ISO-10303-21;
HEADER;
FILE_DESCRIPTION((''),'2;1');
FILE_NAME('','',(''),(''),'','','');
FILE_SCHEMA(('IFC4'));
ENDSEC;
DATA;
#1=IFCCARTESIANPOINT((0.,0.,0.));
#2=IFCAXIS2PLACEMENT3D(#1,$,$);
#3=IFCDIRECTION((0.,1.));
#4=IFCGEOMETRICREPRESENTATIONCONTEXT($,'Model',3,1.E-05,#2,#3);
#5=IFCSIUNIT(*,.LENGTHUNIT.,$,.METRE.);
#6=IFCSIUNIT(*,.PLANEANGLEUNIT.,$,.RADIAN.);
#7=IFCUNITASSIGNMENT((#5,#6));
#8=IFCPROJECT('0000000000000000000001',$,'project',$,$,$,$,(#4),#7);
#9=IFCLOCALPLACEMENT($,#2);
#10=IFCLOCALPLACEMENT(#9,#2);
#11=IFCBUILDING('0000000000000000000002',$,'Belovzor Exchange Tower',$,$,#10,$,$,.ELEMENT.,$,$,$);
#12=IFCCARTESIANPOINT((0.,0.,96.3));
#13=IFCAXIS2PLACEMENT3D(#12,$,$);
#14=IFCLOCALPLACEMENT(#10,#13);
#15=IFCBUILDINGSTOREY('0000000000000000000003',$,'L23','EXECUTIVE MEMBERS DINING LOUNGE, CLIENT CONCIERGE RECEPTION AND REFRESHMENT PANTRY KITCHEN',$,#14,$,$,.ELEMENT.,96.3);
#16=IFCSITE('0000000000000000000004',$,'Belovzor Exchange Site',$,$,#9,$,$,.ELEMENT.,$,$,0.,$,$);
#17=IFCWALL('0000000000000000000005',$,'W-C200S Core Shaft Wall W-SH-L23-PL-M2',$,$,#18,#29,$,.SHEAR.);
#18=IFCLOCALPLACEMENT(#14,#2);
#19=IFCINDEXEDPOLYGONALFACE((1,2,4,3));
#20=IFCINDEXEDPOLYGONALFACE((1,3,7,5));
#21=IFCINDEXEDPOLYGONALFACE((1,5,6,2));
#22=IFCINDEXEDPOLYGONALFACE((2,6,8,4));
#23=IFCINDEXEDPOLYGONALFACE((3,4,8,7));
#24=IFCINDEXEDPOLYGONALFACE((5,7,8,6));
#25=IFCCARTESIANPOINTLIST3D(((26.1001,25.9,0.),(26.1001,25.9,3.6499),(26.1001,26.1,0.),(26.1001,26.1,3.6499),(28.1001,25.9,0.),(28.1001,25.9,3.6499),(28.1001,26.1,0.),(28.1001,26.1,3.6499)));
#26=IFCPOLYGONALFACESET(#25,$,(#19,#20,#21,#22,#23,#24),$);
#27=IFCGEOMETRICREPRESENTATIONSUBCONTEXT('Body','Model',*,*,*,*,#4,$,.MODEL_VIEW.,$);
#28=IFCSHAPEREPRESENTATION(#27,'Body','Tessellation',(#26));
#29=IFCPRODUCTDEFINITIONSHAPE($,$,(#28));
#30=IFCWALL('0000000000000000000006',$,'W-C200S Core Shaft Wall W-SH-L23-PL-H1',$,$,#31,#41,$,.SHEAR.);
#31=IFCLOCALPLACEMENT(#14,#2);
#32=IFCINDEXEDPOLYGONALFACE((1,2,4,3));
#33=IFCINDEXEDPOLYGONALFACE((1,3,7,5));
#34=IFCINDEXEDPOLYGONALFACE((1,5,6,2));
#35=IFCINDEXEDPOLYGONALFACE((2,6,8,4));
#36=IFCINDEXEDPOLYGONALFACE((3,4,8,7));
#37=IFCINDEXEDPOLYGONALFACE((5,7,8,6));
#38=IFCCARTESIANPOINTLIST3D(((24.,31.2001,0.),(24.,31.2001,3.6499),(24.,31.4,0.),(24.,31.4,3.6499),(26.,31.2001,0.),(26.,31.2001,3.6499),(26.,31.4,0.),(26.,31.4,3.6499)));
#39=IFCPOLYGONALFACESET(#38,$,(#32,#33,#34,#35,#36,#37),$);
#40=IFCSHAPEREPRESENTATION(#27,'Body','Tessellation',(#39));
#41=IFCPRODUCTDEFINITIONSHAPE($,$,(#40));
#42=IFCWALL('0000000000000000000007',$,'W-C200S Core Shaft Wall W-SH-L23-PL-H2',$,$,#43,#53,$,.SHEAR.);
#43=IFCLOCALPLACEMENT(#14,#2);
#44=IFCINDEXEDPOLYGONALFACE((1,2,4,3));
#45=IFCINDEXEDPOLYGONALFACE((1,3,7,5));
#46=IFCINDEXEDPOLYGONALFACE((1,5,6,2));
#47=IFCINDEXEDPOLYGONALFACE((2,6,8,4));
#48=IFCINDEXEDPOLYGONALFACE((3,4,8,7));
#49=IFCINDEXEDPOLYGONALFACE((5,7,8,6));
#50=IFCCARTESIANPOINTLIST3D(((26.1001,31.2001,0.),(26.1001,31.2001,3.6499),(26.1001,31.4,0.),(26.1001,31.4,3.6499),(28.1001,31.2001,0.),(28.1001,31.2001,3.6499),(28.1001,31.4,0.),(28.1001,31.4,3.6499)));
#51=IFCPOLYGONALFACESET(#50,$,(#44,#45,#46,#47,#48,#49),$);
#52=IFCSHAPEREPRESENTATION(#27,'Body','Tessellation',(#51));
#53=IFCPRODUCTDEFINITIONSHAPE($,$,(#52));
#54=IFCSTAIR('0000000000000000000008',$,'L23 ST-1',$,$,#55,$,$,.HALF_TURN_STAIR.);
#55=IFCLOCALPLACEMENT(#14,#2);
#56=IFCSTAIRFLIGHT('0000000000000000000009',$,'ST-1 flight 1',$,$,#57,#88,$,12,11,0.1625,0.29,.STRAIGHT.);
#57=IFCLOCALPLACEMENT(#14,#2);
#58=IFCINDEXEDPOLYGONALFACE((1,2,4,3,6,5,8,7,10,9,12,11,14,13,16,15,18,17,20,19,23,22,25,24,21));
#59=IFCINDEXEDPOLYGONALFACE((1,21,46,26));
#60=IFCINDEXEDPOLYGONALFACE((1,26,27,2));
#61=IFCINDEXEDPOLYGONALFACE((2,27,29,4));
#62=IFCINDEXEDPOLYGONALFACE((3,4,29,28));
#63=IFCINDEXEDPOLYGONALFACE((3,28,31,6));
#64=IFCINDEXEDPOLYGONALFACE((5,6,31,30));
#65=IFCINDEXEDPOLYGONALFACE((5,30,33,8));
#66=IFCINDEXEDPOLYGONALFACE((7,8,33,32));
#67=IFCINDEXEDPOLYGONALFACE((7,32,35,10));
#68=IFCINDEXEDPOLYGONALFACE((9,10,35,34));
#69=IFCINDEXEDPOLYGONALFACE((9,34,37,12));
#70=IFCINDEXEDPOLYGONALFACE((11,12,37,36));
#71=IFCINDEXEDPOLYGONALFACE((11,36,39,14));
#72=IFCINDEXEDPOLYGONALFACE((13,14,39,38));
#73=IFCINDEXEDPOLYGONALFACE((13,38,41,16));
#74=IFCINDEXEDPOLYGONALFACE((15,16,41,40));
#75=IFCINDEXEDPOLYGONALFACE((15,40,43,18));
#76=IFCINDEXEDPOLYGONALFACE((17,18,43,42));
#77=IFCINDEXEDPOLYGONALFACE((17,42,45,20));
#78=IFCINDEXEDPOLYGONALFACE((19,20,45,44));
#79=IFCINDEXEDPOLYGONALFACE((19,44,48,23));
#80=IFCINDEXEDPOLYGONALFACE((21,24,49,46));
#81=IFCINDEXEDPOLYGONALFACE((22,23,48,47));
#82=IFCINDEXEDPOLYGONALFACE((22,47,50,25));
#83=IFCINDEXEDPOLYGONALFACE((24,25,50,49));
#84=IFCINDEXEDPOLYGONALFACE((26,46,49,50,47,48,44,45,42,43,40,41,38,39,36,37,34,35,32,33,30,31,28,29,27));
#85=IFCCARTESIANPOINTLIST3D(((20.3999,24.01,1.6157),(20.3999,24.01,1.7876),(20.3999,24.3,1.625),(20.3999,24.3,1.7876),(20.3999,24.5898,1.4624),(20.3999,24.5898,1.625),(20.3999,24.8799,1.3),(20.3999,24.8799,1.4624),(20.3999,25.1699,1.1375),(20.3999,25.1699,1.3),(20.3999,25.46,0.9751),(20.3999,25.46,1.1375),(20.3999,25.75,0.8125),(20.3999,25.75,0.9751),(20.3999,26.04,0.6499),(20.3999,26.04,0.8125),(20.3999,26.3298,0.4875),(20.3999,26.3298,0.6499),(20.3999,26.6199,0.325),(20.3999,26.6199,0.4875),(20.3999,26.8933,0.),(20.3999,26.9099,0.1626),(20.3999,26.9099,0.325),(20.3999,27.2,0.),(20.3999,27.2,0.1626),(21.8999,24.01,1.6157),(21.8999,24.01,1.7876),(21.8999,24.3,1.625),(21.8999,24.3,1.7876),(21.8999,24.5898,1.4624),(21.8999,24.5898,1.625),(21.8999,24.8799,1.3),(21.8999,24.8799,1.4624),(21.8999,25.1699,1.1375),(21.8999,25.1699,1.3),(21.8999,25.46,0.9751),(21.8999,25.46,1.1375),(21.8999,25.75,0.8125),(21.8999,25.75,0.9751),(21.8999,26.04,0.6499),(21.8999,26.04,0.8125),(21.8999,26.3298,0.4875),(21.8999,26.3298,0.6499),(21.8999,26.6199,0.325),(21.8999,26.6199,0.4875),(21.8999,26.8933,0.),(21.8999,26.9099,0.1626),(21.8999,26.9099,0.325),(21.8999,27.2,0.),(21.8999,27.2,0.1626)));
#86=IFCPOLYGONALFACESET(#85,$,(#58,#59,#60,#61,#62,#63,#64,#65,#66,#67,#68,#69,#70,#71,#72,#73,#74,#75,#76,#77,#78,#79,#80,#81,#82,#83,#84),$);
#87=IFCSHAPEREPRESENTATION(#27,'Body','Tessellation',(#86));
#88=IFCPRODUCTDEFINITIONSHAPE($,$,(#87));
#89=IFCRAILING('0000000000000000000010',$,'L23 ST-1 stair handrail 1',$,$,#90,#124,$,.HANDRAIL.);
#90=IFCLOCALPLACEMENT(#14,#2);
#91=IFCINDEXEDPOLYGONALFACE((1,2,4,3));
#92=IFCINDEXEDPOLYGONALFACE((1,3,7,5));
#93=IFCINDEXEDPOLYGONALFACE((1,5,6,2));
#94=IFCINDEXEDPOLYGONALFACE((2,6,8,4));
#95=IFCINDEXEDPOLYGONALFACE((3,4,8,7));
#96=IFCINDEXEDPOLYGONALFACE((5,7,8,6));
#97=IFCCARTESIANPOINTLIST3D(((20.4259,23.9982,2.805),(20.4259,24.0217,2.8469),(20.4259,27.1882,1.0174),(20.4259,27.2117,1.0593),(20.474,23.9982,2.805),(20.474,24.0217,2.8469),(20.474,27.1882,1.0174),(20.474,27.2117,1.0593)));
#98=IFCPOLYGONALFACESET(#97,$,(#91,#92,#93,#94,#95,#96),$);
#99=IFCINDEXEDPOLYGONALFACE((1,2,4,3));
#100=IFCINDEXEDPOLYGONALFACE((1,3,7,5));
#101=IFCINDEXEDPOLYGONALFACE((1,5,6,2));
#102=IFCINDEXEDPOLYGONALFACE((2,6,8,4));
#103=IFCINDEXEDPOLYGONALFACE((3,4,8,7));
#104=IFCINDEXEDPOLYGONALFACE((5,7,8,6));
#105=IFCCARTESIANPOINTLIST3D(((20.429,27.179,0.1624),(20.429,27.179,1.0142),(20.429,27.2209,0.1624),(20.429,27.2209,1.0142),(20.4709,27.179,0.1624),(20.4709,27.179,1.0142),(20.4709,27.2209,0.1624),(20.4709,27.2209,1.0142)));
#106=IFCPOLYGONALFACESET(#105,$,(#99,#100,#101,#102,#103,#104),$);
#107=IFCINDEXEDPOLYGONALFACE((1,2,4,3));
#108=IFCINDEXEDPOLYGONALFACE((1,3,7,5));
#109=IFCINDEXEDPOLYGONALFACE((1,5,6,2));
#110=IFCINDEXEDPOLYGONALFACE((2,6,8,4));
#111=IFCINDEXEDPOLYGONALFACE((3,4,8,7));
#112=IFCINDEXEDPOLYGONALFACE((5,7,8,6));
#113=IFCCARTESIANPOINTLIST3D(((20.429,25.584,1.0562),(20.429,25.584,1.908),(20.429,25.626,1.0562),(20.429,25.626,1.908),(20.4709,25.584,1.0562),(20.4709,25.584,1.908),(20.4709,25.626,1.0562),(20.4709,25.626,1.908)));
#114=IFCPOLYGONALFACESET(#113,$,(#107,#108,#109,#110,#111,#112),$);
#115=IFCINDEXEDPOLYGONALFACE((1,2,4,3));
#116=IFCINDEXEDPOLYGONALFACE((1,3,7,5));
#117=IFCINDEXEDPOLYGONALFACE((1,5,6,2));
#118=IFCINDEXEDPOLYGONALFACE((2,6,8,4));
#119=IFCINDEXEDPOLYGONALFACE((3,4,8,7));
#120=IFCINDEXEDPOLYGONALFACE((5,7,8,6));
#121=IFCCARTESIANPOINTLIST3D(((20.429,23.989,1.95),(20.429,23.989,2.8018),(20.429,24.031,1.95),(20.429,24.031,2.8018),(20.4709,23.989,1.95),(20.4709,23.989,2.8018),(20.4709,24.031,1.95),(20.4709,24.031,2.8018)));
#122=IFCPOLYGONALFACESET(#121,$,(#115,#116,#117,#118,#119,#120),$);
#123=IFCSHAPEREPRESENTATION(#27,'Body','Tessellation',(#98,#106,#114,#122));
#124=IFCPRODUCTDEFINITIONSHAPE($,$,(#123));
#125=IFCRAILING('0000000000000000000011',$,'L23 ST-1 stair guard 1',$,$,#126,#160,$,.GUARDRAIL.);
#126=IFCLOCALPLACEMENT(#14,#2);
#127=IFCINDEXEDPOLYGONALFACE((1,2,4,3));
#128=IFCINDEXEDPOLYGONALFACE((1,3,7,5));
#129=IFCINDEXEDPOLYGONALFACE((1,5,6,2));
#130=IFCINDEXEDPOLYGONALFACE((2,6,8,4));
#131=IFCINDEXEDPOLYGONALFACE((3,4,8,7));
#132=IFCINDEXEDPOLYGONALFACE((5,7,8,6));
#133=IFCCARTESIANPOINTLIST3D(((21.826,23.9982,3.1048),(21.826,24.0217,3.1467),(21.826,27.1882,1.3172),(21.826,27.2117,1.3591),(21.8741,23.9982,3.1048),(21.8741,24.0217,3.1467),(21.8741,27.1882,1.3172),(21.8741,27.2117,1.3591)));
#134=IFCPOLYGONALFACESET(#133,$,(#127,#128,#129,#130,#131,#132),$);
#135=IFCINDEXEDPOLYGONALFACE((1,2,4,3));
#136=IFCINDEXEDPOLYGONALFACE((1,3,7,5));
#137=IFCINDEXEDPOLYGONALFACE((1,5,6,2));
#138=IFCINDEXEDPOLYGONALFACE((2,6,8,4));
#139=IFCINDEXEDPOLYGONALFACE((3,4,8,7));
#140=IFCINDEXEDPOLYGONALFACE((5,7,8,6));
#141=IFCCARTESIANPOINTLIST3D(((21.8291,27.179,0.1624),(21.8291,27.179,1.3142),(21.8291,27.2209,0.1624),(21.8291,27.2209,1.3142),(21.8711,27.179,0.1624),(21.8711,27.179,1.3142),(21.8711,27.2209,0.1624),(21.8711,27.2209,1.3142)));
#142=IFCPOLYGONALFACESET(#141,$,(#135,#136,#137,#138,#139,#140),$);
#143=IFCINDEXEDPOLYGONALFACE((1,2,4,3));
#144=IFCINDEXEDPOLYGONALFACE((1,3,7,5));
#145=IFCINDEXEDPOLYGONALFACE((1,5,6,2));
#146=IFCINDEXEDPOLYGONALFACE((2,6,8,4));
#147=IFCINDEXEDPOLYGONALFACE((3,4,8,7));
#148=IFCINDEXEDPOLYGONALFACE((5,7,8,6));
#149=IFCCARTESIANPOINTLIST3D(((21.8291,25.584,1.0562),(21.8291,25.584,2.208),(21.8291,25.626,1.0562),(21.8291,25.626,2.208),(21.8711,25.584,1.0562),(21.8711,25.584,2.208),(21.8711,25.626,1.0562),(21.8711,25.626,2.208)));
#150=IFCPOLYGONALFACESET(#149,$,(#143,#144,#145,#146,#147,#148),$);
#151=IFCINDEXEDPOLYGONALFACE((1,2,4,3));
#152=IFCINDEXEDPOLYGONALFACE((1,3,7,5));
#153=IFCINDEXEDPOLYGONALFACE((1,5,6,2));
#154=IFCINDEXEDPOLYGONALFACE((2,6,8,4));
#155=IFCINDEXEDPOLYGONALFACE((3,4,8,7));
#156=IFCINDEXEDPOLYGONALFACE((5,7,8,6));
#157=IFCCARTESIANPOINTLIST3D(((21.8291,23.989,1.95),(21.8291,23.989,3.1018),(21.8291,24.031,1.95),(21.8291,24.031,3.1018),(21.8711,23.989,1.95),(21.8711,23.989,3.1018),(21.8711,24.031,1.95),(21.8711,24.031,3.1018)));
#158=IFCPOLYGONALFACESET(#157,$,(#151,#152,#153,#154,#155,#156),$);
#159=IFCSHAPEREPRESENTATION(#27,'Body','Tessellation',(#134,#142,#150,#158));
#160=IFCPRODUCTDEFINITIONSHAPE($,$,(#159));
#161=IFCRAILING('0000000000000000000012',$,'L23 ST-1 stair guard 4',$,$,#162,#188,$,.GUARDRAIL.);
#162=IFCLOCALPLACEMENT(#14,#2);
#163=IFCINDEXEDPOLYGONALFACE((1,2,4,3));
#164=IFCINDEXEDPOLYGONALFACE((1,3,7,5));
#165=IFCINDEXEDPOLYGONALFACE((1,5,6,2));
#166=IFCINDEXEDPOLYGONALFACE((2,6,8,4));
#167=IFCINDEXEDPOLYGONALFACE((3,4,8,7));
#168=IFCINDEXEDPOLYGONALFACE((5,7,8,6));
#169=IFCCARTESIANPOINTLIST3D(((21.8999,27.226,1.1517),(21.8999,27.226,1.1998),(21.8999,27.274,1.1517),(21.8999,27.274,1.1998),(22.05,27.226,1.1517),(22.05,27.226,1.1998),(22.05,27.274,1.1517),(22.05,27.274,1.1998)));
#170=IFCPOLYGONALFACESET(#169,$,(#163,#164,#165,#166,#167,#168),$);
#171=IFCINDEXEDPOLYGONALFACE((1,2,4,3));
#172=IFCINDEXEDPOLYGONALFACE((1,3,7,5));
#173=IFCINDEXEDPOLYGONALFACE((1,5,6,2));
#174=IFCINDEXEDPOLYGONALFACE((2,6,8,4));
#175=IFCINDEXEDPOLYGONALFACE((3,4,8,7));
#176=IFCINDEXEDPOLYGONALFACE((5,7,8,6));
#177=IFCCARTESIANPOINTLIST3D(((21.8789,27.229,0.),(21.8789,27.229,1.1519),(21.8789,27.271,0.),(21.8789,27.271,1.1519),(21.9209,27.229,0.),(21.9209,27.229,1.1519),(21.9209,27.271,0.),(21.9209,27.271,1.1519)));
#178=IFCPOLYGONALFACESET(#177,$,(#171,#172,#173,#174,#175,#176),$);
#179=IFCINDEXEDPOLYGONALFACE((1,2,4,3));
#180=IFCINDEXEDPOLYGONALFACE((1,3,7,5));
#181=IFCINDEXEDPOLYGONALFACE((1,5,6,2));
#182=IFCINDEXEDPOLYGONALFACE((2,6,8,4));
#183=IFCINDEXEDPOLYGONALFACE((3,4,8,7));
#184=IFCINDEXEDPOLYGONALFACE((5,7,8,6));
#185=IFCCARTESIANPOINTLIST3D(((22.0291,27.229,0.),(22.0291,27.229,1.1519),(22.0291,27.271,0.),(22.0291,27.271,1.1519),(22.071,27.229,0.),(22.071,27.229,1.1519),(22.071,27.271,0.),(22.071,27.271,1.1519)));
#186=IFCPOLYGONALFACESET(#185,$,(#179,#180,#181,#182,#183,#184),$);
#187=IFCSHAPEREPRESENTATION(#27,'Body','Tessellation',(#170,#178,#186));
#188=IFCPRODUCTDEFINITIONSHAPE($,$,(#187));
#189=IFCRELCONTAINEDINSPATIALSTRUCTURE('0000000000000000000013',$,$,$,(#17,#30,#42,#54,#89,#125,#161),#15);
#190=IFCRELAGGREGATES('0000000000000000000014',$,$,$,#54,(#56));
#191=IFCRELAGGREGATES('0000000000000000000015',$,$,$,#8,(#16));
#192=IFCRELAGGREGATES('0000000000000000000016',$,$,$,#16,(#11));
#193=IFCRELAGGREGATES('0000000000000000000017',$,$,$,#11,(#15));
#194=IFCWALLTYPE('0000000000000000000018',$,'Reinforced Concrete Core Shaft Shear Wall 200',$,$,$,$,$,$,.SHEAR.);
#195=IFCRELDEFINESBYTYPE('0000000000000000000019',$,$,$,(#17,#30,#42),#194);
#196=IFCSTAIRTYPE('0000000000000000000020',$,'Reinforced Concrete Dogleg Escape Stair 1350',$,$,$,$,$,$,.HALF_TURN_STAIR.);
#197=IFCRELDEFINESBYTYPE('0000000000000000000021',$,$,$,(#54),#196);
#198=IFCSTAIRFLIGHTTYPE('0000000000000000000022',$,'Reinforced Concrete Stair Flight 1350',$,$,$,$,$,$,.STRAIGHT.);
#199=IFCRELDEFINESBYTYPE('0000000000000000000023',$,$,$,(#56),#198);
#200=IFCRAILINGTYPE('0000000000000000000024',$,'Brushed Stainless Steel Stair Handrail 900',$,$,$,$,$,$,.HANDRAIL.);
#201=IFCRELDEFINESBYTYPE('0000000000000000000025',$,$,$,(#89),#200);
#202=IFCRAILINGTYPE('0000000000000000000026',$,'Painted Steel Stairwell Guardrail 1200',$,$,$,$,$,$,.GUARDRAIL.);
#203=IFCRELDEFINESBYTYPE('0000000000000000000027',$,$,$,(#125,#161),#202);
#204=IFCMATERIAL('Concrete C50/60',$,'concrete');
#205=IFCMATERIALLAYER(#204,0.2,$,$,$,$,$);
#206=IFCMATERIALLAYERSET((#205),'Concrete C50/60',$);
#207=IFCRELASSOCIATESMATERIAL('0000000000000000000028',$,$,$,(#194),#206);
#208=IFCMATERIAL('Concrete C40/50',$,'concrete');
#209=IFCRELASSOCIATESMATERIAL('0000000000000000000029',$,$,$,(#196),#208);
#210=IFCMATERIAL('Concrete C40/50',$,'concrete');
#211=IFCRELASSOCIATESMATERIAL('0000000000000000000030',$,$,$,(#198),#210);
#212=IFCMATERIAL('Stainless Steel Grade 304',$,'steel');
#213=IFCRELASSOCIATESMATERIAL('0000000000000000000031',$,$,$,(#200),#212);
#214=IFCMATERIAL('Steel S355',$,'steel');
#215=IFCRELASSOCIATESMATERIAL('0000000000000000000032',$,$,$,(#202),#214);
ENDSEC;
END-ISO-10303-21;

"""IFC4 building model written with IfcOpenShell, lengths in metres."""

from ifc_helpers import new_model, si_unit, direction, frame, frame_2d, origin, origin_2d, place, context, subcontext, project, spatial, polyline, rectangle, outline, extrude, material, layer, layer_set, type_object, element, aggregate, save


model = new_model("IFC4")

# Units and contexts
model_context = context("Model", 3, precision=1e-05, world=origin(), true_north=direction((0.0, 1.0)))
body_context = subcontext(model_context, "Body", "Model", "MODEL_VIEW")
ifc_project = project(units=[si_unit("LENGTHUNIT", "METRE"), si_unit("PLANEANGLEUNIT", "RADIAN")], contexts=[model_context])

# Site, building, storey
site_placement = place(None, origin())
site = spatial("IfcSite", under=ifc_project, at=site_placement, Name="Belovzor Exchange Site", CompositionType="ELEMENT", RefElevation=0.0)
building_placement = place(site_placement, origin())
building = spatial("IfcBuilding", under=site, at=building_placement, Name="Belovzor Exchange Tower", CompositionType="ELEMENT")
storey_placement = place(building_placement, frame((0.0, 0.0, 96.3)))
storey = spatial("IfcBuildingStorey", under=building, at=storey_placement, Name="L23", Description="EXECUTIVE MEMBERS DINING LOUNGE, CLIENT CONCIERGE RECEPTION AND REFRESHMENT PANTRY KITCHEN", CompositionType="ELEMENT", Elevation=96.3)

# Shared definitions
ifc_material_1 = material(Name="Concrete C50/60", Category="concrete")
ifc_layer_1 = layer(ifc_material_1, 0.2)
ifc_layer_set_1 = layer_set([ifc_layer_1], Name="Concrete C50/60")
wall_type_1 = type_object("IfcWallType", Name="Reinforced Concrete Core Shaft Shear Wall 200", PredefinedType="SHEAR", material=ifc_layer_set_1)

# Walls
for number, where, z_axis, x_axis, name in (
    (1, (26.1001, 26.0, 0.0), (0.0, 0.0, 1.0), (1.0, 0.0, 0.0), "W-C200S Core Shaft Wall W-SH-L23-PL-M2"),
    (2, (24.0, 31.3, 0.0), (0.0, 0.0, 1.0), (1.0, 0.0, 0.0), "W-C200S Core Shaft Wall W-SH-L23-PL-H1"),
    (3, (26.1001, 31.3, 0.0), (0.0, 0.0, 1.0), (1.0, 0.0, 0.0), "W-C200S Core Shaft Wall W-SH-L23-PL-H2"),
):
    element("IfcWall", number, at=place(storey_placement, frame(where, z_axis=z_axis, x_axis=x_axis)), inside=storey, type_object=wall_type_1, Name=name, PredefinedType="SHEAR", context=body_context, shape_type="SweptSolid", body=[
        extrude(rectangle(XDim=2.0, YDim=0.2, at=frame_2d((1.0, 0.0))), origin(), (0.0, 0.0, 1.0), 3.6499),
    ])

# Stair, stair flight
ifc_material_2 = material(Name="Concrete C40/50", Category="concrete")
stair_type = type_object("IfcStairType", Name="Reinforced Concrete Dogleg Escape Stair 1350", PredefinedType="HALF_TURN_STAIR", material=ifc_material_2)
stair_placement = place(storey_placement, origin())
stair = element("IfcStair", 4, at=stair_placement, inside=storey, type_object=stair_type, Name="L23 ST-1", PredefinedType="HALF_TURN_STAIR")
ifc_material_3 = material(Name="Concrete C40/50", Category="concrete")
stair_flight_type = type_object("IfcStairFlightType", Name="Reinforced Concrete Stair Flight 1350", PredefinedType="STRAIGHT", material=ifc_material_3)
stair_flight_placement = place(storey_placement, frame((21.1499, 27.2, 0.0), z_axis=(0.0, 0.0, 1.0), x_axis=(0.0, -1.0, 0.0)))
stair_flight = element("IfcStairFlight", 5, at=stair_flight_placement, type_object=stair_flight_type, Name="ST-1 flight 1", NumberOfRisers=12, NumberOfTreads=11, PredefinedType="STRAIGHT", RiserHeight=0.1625, TreadLength=0.29, context=body_context, shape_type="SweptSolid", body=[
    extrude(outline(polyline([(0.0, 0.0), (0.0, 0.1626), (0.29, 0.1626), (0.29, 0.325), (0.5801, 0.325), (0.5801, 0.4875), (0.8701, 0.4875), (0.8701, 0.6499), (1.1599, 0.6499), (1.1599, 0.8125), (1.45, 0.8125), (1.45, 0.9751), (1.74, 0.9751), (1.74, 1.1375), (2.03, 1.1375), (2.03, 1.3), (2.3201, 1.3), (2.3201, 1.4624), (2.6101, 1.4624), (2.6101, 1.625), (2.8999, 1.625), (2.8999, 1.7876), (3.1899, 1.7876), (3.1899, 1.95), (3.1899, 1.6157), (0.3066, 0.0), (0.0, 0.0)])), frame((0.0, 0.75, 0.0), z_axis=(0.0, -1.0, 0.0), x_axis=(1.0, 0.0, 0.0)), (0.0, 0.0, 1.0), 1.5),
])
aggregate(stair, [stair_flight])

# Railings
ifc_material_4 = material(Name="Stainless Steel Grade 304", Category="steel")
railing_type_1 = type_object("IfcRailingType", Name="Brushed Stainless Steel Stair Handrail 900", PredefinedType="HANDRAIL", material=ifc_material_4)
railing_1_placement = place(storey_placement, frame((20.45, 27.2, 0.1624)))
element("IfcRailing", 6, at=railing_1_placement, inside=storey, type_object=railing_type_1, Name="L23 ST-1 stair handrail 1", PredefinedType="HANDRAIL", context=body_context, shape_type="SweptSolid", body=[
    extrude(rectangle(XDim=0.0481, YDim=0.0481, at=origin_2d()), frame((0.0, 0.0, 0.876), z_axis=(0.0, -0.872363, 0.48886), x_axis=(1.0, 0.0, 0.0)), (0.0, 0.0, 1.0), 3.6567),
    extrude(rectangle(XDim=0.042, YDim=0.042, at=origin_2d()), origin(), (0.0, 0.0, 1.0), 0.8518),
    extrude(rectangle(XDim=0.042, YDim=0.042, at=origin_2d()), frame((0.0, -1.595, 0.8938)), (0.0, 0.0, 1.0), 0.8518),
    extrude(rectangle(XDim=0.042, YDim=0.042, at=origin_2d()), frame((0.0, -3.1899, 1.7876)), (0.0, 0.0, 1.0), 0.8518),
])
ifc_material_5 = material(Name="Steel S355", Category="steel")
railing_type_2 = type_object("IfcRailingType", Name="Painted Steel Stairwell Guardrail 1200", PredefinedType="GUARDRAIL", material=ifc_material_5)
railing_2_placement = place(storey_placement, frame((21.8501, 27.2, 0.1624)))
element("IfcRailing", 7, at=railing_2_placement, inside=storey, type_object=railing_type_2, Name="L23 ST-1 stair guard 1", PredefinedType="GUARDRAIL", context=body_context, shape_type="SweptSolid", body=[
    extrude(rectangle(XDim=0.0481, YDim=0.0481, at=origin_2d()), frame((0.0, 0.0, 1.1758), z_axis=(0.0, -0.872363, 0.48886), x_axis=(1.0, 0.0, 0.0)), (0.0, 0.0, 1.0), 3.6567),
    extrude(rectangle(XDim=0.042, YDim=0.042, at=origin_2d()), origin(), (0.0, 0.0, 1.0), 1.1519),
    extrude(rectangle(XDim=0.042, YDim=0.042, at=origin_2d()), frame((0.0, -1.595, 0.8938)), (0.0, 0.0, 1.0), 1.1519),
    extrude(rectangle(XDim=0.042, YDim=0.042, at=origin_2d()), frame((0.0, -3.1899, 1.7876)), (0.0, 0.0, 1.0), 1.1519),
])
railing_3_placement = place(storey_placement, frame((21.8999, 27.25, 0.0)))
element("IfcRailing", 8, at=railing_3_placement, inside=storey, type_object=railing_type_2, Name="L23 ST-1 stair guard 4", PredefinedType="GUARDRAIL", context=body_context, shape_type="SweptSolid", body=[
    extrude(rectangle(XDim=0.0481, YDim=0.0481, at=origin_2d()), frame((0.0, 0.0, 1.1758), z_axis=(1.0, 0.0, 0.0), x_axis=(0.0, 1.0, 0.0)), (0.0, 0.0, 1.0), 0.1501),
    extrude(rectangle(XDim=0.042, YDim=0.042, at=origin_2d()), origin(), (0.0, 0.0, 1.0), 1.1519),
    extrude(rectangle(XDim=0.042, YDim=0.042, at=origin_2d()), frame((0.1501, 0.0, 0.0)), (0.0, 0.0, 1.0), 1.1519),
])

save(model, "model.ifc")
